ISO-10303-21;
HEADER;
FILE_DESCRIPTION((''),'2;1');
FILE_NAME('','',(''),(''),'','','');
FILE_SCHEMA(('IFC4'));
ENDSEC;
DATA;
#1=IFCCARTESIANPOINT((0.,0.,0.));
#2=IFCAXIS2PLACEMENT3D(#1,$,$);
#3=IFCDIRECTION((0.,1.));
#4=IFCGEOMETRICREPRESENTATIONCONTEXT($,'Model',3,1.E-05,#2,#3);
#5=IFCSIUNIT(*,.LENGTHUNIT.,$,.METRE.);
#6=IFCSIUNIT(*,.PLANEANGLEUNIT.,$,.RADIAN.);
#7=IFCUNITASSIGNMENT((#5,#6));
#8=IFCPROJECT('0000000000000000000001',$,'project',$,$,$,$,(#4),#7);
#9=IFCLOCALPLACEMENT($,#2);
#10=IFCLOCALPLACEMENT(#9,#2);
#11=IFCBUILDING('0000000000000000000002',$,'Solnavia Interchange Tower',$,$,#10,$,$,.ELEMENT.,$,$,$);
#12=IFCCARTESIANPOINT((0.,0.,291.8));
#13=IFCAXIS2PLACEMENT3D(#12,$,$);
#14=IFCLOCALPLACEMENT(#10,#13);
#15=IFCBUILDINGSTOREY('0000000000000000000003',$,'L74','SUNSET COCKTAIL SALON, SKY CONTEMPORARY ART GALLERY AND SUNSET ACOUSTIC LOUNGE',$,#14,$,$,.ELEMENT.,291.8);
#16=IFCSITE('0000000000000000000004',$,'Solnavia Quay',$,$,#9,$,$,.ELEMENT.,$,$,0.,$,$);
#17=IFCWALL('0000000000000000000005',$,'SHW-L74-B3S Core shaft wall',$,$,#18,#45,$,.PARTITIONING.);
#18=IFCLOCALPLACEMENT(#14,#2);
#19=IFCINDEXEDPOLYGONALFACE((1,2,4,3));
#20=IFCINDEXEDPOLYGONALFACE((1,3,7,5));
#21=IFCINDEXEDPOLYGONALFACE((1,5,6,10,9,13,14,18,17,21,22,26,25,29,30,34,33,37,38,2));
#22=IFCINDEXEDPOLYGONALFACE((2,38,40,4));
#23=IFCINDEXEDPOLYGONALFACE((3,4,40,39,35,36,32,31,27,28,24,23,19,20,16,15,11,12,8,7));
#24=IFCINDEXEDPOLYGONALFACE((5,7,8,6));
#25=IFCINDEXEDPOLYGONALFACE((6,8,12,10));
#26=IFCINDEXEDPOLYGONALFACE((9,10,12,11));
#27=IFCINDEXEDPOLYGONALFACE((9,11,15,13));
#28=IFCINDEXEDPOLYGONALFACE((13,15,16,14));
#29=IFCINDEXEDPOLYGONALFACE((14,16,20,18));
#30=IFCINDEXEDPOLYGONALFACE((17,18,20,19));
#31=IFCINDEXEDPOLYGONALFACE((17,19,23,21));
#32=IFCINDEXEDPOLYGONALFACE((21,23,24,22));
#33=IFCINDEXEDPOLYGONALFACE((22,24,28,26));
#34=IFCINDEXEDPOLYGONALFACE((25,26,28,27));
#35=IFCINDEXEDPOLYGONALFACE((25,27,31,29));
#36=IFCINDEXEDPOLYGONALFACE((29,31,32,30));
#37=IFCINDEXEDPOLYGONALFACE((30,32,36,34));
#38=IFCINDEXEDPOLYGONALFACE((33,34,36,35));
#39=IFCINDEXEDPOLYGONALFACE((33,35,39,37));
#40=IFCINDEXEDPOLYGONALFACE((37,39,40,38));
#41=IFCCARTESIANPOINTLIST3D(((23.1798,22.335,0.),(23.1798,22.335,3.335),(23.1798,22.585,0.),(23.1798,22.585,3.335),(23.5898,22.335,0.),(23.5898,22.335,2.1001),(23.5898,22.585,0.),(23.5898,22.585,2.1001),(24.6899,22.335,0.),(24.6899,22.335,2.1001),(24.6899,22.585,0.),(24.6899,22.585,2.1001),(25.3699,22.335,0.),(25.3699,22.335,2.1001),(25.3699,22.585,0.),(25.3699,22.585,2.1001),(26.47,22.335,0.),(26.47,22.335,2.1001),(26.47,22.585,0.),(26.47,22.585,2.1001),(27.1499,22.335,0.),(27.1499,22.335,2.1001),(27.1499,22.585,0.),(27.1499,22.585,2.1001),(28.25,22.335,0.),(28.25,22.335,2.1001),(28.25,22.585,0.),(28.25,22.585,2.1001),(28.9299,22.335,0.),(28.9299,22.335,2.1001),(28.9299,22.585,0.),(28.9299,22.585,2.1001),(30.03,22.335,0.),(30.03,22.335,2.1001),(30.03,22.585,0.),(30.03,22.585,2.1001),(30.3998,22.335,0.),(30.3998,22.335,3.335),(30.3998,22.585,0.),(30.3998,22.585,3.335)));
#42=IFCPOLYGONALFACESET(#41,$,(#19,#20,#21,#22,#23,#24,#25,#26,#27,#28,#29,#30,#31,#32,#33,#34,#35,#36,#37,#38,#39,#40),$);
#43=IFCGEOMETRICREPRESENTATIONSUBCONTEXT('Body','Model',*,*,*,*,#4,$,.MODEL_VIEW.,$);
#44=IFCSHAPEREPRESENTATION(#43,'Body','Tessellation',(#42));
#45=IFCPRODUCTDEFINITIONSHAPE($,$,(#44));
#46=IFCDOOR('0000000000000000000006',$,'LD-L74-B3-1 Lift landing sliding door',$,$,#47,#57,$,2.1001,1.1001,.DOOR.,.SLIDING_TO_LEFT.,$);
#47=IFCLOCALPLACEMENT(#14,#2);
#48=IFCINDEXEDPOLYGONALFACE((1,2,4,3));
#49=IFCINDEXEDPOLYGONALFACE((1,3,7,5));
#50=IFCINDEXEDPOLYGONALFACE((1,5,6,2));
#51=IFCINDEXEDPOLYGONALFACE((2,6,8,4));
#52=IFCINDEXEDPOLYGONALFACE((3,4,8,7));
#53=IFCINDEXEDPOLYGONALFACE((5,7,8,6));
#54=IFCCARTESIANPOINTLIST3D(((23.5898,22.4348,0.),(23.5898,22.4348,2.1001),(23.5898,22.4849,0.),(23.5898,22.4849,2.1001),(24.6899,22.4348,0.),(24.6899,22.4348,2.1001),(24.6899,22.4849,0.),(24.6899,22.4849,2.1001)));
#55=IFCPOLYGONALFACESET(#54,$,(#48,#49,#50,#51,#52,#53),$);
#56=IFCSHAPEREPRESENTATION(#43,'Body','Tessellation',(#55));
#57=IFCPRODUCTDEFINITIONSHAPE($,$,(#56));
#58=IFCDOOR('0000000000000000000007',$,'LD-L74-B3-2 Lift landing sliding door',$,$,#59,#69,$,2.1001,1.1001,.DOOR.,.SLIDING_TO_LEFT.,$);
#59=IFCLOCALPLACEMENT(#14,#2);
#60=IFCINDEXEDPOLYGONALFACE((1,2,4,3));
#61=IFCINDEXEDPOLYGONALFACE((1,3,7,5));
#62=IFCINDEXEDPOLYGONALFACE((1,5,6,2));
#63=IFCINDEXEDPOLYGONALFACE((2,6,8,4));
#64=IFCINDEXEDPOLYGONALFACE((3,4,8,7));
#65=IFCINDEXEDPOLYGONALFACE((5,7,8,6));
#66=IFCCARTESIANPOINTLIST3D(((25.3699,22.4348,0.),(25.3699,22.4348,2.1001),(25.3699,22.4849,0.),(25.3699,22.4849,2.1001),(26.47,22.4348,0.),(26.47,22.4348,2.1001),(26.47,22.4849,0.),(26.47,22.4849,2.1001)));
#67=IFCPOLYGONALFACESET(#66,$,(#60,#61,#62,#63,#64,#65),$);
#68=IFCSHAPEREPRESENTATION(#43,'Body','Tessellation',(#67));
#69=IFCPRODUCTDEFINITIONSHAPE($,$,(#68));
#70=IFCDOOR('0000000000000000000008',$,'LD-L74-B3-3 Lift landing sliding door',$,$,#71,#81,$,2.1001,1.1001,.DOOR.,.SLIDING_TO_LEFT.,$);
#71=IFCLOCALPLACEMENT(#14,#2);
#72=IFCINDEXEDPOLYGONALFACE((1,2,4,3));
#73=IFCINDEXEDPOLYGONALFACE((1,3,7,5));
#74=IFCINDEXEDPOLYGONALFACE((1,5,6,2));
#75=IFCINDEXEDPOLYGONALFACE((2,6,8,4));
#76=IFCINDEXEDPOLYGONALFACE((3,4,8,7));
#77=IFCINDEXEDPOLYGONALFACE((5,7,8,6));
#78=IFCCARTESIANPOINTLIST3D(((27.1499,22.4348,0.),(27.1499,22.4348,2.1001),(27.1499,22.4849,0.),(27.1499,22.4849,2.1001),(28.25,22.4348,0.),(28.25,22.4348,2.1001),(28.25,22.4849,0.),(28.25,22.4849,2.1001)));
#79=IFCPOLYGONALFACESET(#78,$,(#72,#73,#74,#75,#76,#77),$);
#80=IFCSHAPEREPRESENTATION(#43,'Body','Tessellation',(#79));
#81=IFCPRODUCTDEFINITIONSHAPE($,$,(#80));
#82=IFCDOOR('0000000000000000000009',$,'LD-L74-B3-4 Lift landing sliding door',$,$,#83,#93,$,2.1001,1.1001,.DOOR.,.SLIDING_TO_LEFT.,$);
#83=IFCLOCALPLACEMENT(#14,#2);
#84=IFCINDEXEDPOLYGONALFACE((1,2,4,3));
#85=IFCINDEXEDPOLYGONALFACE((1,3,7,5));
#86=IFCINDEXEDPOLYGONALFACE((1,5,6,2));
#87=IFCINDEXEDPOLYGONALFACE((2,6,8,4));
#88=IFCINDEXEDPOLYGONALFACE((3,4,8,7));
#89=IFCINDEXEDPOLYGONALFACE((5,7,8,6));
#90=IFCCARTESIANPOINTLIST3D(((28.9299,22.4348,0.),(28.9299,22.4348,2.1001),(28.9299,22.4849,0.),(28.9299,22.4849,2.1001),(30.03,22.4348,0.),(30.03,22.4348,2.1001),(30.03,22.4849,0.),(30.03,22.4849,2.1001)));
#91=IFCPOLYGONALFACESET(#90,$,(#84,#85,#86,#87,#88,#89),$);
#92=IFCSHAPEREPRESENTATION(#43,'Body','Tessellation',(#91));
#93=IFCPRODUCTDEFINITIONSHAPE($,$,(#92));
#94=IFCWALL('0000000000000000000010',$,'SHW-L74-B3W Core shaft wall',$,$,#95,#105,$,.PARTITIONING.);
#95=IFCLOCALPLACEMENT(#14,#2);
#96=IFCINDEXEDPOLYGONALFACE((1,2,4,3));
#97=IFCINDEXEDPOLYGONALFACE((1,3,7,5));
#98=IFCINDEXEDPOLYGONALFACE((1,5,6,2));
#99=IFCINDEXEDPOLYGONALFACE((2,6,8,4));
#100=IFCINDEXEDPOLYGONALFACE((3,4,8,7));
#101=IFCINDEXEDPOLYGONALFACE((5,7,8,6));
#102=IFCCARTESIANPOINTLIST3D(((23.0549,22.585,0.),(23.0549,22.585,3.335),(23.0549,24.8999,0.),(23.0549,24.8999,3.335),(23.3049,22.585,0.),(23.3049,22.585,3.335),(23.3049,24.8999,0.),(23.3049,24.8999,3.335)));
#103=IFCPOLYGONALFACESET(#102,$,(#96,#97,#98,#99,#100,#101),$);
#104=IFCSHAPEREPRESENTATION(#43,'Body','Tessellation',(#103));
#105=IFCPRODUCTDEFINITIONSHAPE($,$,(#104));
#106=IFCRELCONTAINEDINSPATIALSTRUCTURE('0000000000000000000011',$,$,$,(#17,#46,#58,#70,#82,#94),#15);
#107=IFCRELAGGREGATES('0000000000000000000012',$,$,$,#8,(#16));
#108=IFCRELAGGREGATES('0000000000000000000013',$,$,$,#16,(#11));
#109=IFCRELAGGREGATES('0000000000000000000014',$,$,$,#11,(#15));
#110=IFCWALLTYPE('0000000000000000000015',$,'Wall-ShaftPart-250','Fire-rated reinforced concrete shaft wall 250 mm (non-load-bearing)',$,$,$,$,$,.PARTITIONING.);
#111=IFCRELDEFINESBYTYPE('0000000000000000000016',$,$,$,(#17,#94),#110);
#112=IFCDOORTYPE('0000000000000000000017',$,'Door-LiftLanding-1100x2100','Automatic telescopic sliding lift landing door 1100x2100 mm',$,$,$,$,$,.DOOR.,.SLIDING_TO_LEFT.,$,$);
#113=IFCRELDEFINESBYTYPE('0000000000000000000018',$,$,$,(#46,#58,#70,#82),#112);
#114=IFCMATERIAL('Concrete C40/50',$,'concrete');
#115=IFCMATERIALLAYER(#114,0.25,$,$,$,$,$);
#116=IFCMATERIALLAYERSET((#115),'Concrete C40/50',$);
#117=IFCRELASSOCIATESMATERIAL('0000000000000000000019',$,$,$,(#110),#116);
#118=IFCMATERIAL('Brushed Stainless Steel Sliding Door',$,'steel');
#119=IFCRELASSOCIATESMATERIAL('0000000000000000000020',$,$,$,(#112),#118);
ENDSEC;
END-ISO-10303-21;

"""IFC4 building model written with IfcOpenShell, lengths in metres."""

from ifc_helpers import new_model, si_unit, direction, frame, frame_2d, origin, place, context, subcontext, project, spatial, rectangle, extrude, material, layer, layer_set, type_object, element, fill, save


model = new_model("IFC4")

# Units and contexts
model_context = context("Model", 3, precision=1e-05, world=origin(), true_north=direction((0.0, 1.0)))
body_context = subcontext(model_context, "Body", "Model", "MODEL_VIEW")
ifc_project = project(units=[si_unit("LENGTHUNIT", "METRE"), si_unit("PLANEANGLEUNIT", "RADIAN")], contexts=[model_context])

# Site, building, storey
site_placement = place(None, origin())
site = spatial("IfcSite", under=ifc_project, at=site_placement, Name="Solnavia Quay", CompositionType="ELEMENT", RefElevation=0.0)
building_placement = place(site_placement, origin())
building = spatial("IfcBuilding", under=site, at=building_placement, Name="Solnavia Interchange Tower", CompositionType="ELEMENT")
storey_placement = place(building_placement, frame((0.0, 0.0, 291.8)))
storey = spatial("IfcBuildingStorey", under=building, at=storey_placement, Name="L74", Description="SUNSET COCKTAIL SALON, SKY CONTEMPORARY ART GALLERY AND SUNSET ACOUSTIC LOUNGE", CompositionType="ELEMENT", Elevation=291.8)

# Shared definitions
ifc_material_1 = material(Name="Concrete C40/50", Category="concrete")

# Wall, openings, doors
ifc_layer_1 = layer(ifc_material_1, 0.25)
ifc_layer_set_1 = layer_set([ifc_layer_1], Name="Concrete C40/50")
wall_type_1 = type_object("IfcWallType", Name="Wall-ShaftPart-250", Description="Fire-rated reinforced concrete shaft wall 250 mm (non-load-bearing)", PredefinedType="PARTITIONING", material=ifc_layer_set_1)
wall_1_placement = place(storey_placement, frame((23.1799, 22.46, 0.0), z_axis=(0.0, 0.0, 1.0), x_axis=(1.0, 0.0, 0.0)))
wall_1 = element("IfcWall", 1, at=wall_1_placement, inside=storey, type_object=wall_type_1, Name="SHW-L74-B3S Core shaft wall", PredefinedType="PARTITIONING", context=body_context, shape_type="SweptSolid", body=[
    extrude(rectangle(XDim=7.22, YDim=0.25, at=frame_2d((3.6099, 0.0))), origin(), (0.0, 0.0, 1.0), 3.335),
])
opening_1_placement = place(wall_1_placement, frame((0.4099, 0.0, 0.0)))
opening_1 = element("IfcOpeningElement", 2, at=opening_1_placement, cuts=wall_1, PredefinedType="OPENING", context=body_context, shape_type="SweptSolid", body=[
    extrude(rectangle(XDim=1.1001, YDim=2.1001, at=frame_2d((0.55, 1.05))), frame((0.0, 0.135, 0.0), z_axis=(0.0, -1.0, 0.0), x_axis=(1.0, 0.0, 0.0)), (0.0, 0.0, 1.0), 0.27),
])
opening_2_placement = place(wall_1_placement, frame((2.1899, 0.0, 0.0)))
opening_2 = element("IfcOpeningElement", 3, at=opening_2_placement, cuts=wall_1, PredefinedType="OPENING", context=body_context, shape_type="SweptSolid", body=[
    extrude(rectangle(XDim=1.1001, YDim=2.1001, at=frame_2d((0.55, 1.05))), frame((0.0, 0.135, 0.0), z_axis=(0.0, -1.0, 0.0), x_axis=(1.0, 0.0, 0.0)), (0.0, 0.0, 1.0), 0.27),
])
opening_3_placement = place(wall_1_placement, frame((3.97, 0.0, 0.0)))
opening_3 = element("IfcOpeningElement", 4, at=opening_3_placement, cuts=wall_1, PredefinedType="OPENING", context=body_context, shape_type="SweptSolid", body=[
    extrude(rectangle(XDim=1.1001, YDim=2.1001, at=frame_2d((0.55, 1.05))), frame((0.0, 0.135, 0.0), z_axis=(0.0, -1.0, 0.0), x_axis=(1.0, 0.0, 0.0)), (0.0, 0.0, 1.0), 0.27),
])
opening_4_placement = place(wall_1_placement, frame((5.75, 0.0, 0.0)))
opening_4 = element("IfcOpeningElement", 5, at=opening_4_placement, cuts=wall_1, PredefinedType="OPENING", context=body_context, shape_type="SweptSolid", body=[
    extrude(rectangle(XDim=1.1001, YDim=2.1001, at=frame_2d((0.55, 1.05))), frame((0.0, 0.135, 0.0), z_axis=(0.0, -1.0, 0.0), x_axis=(1.0, 0.0, 0.0)), (0.0, 0.0, 1.0), 0.27),
])
ifc_material_2 = material(Name="Brushed Stainless Steel Sliding Door", Category="steel")
door_type_1 = type_object("IfcDoorType", Name="Door-LiftLanding-1100x2100", Description="Automatic telescopic sliding lift landing door 1100x2100 mm", OperationType="SLIDING_TO_LEFT", PredefinedType="DOOR", material=ifc_material_2)
door_1_placement = place(opening_1_placement, origin())
door_1 = element("IfcDoor", 6, at=door_1_placement, inside=storey, type_object=door_type_1, Name="LD-L74-B3-1 Lift landing sliding door", OperationType="SLIDING_TO_LEFT", OverallHeight=2.1001, OverallWidth=1.1001, PredefinedType="DOOR", context=body_context, shape_type="SweptSolid", body=[
    extrude(rectangle(XDim=1.1001, YDim=2.1001, at=frame_2d((0.55, 1.05))), frame((0.0, 0.0249, 0.0), z_axis=(0.0, -1.0, 0.0), x_axis=(1.0, 0.0, 0.0)), (0.0, 0.0, 1.0), 0.05),
])
fill(opening_1, door_1)
door_2_placement = place(opening_2_placement, origin())
door_2 = element("IfcDoor", 7, at=door_2_placement, inside=storey, type_object=door_type_1, Name="LD-L74-B3-2 Lift landing sliding door", OperationType="SLIDING_TO_LEFT", OverallHeight=2.1001, OverallWidth=1.1001, PredefinedType="DOOR", context=body_context, shape_type="SweptSolid", body=[
    extrude(rectangle(XDim=1.1001, YDim=2.1001, at=frame_2d((0.55, 1.05))), frame((0.0, 0.0249, 0.0), z_axis=(0.0, -1.0, 0.0), x_axis=(1.0, 0.0, 0.0)), (0.0, 0.0, 1.0), 0.05),
])
fill(opening_2, door_2)
door_3_placement = place(opening_3_placement, origin())
door_3 = element("IfcDoor", 8, at=door_3_placement, inside=storey, type_object=door_type_1, Name="LD-L74-B3-3 Lift landing sliding door", OperationType="SLIDING_TO_LEFT", OverallHeight=2.1001, OverallWidth=1.1001, PredefinedType="DOOR", context=body_context, shape_type="SweptSolid", body=[
    extrude(rectangle(XDim=1.1001, YDim=2.1001, at=frame_2d((0.55, 1.05))), frame((0.0, 0.0249, 0.0), z_axis=(0.0, -1.0, 0.0), x_axis=(1.0, 0.0, 0.0)), (0.0, 0.0, 1.0), 0.05),
])
fill(opening_3, door_3)
door_4_placement = place(opening_4_placement, origin())
door_4 = element("IfcDoor", 9, at=door_4_placement, inside=storey, type_object=door_type_1, Name="LD-L74-B3-4 Lift landing sliding door", OperationType="SLIDING_TO_LEFT", OverallHeight=2.1001, OverallWidth=1.1001, PredefinedType="DOOR", context=body_context, shape_type="SweptSolid", body=[
    extrude(rectangle(XDim=1.1001, YDim=2.1001, at=frame_2d((0.55, 1.05))), frame((0.0, 0.0249, 0.0), z_axis=(0.0, -1.0, 0.0), x_axis=(1.0, 0.0, 0.0)), (0.0, 0.0, 1.0), 0.05),
])
fill(opening_4, door_4)

# Wall
wall_2_placement = place(storey_placement, frame((23.1799, 22.585, 0.0), z_axis=(0.0, 0.0, 1.0), x_axis=(0.0, 1.0, 0.0)))
element("IfcWall", 10, at=wall_2_placement, inside=storey, type_object=wall_type_1, Name="SHW-L74-B3W Core shaft wall", PredefinedType="PARTITIONING", context=body_context, shape_type="SweptSolid", body=[
    extrude(rectangle(XDim=2.3149, YDim=0.25, at=frame_2d((1.1575, 0.0))), origin(), (0.0, 0.0, 1.0), 3.335),
])

save(model, "model.ifc")
